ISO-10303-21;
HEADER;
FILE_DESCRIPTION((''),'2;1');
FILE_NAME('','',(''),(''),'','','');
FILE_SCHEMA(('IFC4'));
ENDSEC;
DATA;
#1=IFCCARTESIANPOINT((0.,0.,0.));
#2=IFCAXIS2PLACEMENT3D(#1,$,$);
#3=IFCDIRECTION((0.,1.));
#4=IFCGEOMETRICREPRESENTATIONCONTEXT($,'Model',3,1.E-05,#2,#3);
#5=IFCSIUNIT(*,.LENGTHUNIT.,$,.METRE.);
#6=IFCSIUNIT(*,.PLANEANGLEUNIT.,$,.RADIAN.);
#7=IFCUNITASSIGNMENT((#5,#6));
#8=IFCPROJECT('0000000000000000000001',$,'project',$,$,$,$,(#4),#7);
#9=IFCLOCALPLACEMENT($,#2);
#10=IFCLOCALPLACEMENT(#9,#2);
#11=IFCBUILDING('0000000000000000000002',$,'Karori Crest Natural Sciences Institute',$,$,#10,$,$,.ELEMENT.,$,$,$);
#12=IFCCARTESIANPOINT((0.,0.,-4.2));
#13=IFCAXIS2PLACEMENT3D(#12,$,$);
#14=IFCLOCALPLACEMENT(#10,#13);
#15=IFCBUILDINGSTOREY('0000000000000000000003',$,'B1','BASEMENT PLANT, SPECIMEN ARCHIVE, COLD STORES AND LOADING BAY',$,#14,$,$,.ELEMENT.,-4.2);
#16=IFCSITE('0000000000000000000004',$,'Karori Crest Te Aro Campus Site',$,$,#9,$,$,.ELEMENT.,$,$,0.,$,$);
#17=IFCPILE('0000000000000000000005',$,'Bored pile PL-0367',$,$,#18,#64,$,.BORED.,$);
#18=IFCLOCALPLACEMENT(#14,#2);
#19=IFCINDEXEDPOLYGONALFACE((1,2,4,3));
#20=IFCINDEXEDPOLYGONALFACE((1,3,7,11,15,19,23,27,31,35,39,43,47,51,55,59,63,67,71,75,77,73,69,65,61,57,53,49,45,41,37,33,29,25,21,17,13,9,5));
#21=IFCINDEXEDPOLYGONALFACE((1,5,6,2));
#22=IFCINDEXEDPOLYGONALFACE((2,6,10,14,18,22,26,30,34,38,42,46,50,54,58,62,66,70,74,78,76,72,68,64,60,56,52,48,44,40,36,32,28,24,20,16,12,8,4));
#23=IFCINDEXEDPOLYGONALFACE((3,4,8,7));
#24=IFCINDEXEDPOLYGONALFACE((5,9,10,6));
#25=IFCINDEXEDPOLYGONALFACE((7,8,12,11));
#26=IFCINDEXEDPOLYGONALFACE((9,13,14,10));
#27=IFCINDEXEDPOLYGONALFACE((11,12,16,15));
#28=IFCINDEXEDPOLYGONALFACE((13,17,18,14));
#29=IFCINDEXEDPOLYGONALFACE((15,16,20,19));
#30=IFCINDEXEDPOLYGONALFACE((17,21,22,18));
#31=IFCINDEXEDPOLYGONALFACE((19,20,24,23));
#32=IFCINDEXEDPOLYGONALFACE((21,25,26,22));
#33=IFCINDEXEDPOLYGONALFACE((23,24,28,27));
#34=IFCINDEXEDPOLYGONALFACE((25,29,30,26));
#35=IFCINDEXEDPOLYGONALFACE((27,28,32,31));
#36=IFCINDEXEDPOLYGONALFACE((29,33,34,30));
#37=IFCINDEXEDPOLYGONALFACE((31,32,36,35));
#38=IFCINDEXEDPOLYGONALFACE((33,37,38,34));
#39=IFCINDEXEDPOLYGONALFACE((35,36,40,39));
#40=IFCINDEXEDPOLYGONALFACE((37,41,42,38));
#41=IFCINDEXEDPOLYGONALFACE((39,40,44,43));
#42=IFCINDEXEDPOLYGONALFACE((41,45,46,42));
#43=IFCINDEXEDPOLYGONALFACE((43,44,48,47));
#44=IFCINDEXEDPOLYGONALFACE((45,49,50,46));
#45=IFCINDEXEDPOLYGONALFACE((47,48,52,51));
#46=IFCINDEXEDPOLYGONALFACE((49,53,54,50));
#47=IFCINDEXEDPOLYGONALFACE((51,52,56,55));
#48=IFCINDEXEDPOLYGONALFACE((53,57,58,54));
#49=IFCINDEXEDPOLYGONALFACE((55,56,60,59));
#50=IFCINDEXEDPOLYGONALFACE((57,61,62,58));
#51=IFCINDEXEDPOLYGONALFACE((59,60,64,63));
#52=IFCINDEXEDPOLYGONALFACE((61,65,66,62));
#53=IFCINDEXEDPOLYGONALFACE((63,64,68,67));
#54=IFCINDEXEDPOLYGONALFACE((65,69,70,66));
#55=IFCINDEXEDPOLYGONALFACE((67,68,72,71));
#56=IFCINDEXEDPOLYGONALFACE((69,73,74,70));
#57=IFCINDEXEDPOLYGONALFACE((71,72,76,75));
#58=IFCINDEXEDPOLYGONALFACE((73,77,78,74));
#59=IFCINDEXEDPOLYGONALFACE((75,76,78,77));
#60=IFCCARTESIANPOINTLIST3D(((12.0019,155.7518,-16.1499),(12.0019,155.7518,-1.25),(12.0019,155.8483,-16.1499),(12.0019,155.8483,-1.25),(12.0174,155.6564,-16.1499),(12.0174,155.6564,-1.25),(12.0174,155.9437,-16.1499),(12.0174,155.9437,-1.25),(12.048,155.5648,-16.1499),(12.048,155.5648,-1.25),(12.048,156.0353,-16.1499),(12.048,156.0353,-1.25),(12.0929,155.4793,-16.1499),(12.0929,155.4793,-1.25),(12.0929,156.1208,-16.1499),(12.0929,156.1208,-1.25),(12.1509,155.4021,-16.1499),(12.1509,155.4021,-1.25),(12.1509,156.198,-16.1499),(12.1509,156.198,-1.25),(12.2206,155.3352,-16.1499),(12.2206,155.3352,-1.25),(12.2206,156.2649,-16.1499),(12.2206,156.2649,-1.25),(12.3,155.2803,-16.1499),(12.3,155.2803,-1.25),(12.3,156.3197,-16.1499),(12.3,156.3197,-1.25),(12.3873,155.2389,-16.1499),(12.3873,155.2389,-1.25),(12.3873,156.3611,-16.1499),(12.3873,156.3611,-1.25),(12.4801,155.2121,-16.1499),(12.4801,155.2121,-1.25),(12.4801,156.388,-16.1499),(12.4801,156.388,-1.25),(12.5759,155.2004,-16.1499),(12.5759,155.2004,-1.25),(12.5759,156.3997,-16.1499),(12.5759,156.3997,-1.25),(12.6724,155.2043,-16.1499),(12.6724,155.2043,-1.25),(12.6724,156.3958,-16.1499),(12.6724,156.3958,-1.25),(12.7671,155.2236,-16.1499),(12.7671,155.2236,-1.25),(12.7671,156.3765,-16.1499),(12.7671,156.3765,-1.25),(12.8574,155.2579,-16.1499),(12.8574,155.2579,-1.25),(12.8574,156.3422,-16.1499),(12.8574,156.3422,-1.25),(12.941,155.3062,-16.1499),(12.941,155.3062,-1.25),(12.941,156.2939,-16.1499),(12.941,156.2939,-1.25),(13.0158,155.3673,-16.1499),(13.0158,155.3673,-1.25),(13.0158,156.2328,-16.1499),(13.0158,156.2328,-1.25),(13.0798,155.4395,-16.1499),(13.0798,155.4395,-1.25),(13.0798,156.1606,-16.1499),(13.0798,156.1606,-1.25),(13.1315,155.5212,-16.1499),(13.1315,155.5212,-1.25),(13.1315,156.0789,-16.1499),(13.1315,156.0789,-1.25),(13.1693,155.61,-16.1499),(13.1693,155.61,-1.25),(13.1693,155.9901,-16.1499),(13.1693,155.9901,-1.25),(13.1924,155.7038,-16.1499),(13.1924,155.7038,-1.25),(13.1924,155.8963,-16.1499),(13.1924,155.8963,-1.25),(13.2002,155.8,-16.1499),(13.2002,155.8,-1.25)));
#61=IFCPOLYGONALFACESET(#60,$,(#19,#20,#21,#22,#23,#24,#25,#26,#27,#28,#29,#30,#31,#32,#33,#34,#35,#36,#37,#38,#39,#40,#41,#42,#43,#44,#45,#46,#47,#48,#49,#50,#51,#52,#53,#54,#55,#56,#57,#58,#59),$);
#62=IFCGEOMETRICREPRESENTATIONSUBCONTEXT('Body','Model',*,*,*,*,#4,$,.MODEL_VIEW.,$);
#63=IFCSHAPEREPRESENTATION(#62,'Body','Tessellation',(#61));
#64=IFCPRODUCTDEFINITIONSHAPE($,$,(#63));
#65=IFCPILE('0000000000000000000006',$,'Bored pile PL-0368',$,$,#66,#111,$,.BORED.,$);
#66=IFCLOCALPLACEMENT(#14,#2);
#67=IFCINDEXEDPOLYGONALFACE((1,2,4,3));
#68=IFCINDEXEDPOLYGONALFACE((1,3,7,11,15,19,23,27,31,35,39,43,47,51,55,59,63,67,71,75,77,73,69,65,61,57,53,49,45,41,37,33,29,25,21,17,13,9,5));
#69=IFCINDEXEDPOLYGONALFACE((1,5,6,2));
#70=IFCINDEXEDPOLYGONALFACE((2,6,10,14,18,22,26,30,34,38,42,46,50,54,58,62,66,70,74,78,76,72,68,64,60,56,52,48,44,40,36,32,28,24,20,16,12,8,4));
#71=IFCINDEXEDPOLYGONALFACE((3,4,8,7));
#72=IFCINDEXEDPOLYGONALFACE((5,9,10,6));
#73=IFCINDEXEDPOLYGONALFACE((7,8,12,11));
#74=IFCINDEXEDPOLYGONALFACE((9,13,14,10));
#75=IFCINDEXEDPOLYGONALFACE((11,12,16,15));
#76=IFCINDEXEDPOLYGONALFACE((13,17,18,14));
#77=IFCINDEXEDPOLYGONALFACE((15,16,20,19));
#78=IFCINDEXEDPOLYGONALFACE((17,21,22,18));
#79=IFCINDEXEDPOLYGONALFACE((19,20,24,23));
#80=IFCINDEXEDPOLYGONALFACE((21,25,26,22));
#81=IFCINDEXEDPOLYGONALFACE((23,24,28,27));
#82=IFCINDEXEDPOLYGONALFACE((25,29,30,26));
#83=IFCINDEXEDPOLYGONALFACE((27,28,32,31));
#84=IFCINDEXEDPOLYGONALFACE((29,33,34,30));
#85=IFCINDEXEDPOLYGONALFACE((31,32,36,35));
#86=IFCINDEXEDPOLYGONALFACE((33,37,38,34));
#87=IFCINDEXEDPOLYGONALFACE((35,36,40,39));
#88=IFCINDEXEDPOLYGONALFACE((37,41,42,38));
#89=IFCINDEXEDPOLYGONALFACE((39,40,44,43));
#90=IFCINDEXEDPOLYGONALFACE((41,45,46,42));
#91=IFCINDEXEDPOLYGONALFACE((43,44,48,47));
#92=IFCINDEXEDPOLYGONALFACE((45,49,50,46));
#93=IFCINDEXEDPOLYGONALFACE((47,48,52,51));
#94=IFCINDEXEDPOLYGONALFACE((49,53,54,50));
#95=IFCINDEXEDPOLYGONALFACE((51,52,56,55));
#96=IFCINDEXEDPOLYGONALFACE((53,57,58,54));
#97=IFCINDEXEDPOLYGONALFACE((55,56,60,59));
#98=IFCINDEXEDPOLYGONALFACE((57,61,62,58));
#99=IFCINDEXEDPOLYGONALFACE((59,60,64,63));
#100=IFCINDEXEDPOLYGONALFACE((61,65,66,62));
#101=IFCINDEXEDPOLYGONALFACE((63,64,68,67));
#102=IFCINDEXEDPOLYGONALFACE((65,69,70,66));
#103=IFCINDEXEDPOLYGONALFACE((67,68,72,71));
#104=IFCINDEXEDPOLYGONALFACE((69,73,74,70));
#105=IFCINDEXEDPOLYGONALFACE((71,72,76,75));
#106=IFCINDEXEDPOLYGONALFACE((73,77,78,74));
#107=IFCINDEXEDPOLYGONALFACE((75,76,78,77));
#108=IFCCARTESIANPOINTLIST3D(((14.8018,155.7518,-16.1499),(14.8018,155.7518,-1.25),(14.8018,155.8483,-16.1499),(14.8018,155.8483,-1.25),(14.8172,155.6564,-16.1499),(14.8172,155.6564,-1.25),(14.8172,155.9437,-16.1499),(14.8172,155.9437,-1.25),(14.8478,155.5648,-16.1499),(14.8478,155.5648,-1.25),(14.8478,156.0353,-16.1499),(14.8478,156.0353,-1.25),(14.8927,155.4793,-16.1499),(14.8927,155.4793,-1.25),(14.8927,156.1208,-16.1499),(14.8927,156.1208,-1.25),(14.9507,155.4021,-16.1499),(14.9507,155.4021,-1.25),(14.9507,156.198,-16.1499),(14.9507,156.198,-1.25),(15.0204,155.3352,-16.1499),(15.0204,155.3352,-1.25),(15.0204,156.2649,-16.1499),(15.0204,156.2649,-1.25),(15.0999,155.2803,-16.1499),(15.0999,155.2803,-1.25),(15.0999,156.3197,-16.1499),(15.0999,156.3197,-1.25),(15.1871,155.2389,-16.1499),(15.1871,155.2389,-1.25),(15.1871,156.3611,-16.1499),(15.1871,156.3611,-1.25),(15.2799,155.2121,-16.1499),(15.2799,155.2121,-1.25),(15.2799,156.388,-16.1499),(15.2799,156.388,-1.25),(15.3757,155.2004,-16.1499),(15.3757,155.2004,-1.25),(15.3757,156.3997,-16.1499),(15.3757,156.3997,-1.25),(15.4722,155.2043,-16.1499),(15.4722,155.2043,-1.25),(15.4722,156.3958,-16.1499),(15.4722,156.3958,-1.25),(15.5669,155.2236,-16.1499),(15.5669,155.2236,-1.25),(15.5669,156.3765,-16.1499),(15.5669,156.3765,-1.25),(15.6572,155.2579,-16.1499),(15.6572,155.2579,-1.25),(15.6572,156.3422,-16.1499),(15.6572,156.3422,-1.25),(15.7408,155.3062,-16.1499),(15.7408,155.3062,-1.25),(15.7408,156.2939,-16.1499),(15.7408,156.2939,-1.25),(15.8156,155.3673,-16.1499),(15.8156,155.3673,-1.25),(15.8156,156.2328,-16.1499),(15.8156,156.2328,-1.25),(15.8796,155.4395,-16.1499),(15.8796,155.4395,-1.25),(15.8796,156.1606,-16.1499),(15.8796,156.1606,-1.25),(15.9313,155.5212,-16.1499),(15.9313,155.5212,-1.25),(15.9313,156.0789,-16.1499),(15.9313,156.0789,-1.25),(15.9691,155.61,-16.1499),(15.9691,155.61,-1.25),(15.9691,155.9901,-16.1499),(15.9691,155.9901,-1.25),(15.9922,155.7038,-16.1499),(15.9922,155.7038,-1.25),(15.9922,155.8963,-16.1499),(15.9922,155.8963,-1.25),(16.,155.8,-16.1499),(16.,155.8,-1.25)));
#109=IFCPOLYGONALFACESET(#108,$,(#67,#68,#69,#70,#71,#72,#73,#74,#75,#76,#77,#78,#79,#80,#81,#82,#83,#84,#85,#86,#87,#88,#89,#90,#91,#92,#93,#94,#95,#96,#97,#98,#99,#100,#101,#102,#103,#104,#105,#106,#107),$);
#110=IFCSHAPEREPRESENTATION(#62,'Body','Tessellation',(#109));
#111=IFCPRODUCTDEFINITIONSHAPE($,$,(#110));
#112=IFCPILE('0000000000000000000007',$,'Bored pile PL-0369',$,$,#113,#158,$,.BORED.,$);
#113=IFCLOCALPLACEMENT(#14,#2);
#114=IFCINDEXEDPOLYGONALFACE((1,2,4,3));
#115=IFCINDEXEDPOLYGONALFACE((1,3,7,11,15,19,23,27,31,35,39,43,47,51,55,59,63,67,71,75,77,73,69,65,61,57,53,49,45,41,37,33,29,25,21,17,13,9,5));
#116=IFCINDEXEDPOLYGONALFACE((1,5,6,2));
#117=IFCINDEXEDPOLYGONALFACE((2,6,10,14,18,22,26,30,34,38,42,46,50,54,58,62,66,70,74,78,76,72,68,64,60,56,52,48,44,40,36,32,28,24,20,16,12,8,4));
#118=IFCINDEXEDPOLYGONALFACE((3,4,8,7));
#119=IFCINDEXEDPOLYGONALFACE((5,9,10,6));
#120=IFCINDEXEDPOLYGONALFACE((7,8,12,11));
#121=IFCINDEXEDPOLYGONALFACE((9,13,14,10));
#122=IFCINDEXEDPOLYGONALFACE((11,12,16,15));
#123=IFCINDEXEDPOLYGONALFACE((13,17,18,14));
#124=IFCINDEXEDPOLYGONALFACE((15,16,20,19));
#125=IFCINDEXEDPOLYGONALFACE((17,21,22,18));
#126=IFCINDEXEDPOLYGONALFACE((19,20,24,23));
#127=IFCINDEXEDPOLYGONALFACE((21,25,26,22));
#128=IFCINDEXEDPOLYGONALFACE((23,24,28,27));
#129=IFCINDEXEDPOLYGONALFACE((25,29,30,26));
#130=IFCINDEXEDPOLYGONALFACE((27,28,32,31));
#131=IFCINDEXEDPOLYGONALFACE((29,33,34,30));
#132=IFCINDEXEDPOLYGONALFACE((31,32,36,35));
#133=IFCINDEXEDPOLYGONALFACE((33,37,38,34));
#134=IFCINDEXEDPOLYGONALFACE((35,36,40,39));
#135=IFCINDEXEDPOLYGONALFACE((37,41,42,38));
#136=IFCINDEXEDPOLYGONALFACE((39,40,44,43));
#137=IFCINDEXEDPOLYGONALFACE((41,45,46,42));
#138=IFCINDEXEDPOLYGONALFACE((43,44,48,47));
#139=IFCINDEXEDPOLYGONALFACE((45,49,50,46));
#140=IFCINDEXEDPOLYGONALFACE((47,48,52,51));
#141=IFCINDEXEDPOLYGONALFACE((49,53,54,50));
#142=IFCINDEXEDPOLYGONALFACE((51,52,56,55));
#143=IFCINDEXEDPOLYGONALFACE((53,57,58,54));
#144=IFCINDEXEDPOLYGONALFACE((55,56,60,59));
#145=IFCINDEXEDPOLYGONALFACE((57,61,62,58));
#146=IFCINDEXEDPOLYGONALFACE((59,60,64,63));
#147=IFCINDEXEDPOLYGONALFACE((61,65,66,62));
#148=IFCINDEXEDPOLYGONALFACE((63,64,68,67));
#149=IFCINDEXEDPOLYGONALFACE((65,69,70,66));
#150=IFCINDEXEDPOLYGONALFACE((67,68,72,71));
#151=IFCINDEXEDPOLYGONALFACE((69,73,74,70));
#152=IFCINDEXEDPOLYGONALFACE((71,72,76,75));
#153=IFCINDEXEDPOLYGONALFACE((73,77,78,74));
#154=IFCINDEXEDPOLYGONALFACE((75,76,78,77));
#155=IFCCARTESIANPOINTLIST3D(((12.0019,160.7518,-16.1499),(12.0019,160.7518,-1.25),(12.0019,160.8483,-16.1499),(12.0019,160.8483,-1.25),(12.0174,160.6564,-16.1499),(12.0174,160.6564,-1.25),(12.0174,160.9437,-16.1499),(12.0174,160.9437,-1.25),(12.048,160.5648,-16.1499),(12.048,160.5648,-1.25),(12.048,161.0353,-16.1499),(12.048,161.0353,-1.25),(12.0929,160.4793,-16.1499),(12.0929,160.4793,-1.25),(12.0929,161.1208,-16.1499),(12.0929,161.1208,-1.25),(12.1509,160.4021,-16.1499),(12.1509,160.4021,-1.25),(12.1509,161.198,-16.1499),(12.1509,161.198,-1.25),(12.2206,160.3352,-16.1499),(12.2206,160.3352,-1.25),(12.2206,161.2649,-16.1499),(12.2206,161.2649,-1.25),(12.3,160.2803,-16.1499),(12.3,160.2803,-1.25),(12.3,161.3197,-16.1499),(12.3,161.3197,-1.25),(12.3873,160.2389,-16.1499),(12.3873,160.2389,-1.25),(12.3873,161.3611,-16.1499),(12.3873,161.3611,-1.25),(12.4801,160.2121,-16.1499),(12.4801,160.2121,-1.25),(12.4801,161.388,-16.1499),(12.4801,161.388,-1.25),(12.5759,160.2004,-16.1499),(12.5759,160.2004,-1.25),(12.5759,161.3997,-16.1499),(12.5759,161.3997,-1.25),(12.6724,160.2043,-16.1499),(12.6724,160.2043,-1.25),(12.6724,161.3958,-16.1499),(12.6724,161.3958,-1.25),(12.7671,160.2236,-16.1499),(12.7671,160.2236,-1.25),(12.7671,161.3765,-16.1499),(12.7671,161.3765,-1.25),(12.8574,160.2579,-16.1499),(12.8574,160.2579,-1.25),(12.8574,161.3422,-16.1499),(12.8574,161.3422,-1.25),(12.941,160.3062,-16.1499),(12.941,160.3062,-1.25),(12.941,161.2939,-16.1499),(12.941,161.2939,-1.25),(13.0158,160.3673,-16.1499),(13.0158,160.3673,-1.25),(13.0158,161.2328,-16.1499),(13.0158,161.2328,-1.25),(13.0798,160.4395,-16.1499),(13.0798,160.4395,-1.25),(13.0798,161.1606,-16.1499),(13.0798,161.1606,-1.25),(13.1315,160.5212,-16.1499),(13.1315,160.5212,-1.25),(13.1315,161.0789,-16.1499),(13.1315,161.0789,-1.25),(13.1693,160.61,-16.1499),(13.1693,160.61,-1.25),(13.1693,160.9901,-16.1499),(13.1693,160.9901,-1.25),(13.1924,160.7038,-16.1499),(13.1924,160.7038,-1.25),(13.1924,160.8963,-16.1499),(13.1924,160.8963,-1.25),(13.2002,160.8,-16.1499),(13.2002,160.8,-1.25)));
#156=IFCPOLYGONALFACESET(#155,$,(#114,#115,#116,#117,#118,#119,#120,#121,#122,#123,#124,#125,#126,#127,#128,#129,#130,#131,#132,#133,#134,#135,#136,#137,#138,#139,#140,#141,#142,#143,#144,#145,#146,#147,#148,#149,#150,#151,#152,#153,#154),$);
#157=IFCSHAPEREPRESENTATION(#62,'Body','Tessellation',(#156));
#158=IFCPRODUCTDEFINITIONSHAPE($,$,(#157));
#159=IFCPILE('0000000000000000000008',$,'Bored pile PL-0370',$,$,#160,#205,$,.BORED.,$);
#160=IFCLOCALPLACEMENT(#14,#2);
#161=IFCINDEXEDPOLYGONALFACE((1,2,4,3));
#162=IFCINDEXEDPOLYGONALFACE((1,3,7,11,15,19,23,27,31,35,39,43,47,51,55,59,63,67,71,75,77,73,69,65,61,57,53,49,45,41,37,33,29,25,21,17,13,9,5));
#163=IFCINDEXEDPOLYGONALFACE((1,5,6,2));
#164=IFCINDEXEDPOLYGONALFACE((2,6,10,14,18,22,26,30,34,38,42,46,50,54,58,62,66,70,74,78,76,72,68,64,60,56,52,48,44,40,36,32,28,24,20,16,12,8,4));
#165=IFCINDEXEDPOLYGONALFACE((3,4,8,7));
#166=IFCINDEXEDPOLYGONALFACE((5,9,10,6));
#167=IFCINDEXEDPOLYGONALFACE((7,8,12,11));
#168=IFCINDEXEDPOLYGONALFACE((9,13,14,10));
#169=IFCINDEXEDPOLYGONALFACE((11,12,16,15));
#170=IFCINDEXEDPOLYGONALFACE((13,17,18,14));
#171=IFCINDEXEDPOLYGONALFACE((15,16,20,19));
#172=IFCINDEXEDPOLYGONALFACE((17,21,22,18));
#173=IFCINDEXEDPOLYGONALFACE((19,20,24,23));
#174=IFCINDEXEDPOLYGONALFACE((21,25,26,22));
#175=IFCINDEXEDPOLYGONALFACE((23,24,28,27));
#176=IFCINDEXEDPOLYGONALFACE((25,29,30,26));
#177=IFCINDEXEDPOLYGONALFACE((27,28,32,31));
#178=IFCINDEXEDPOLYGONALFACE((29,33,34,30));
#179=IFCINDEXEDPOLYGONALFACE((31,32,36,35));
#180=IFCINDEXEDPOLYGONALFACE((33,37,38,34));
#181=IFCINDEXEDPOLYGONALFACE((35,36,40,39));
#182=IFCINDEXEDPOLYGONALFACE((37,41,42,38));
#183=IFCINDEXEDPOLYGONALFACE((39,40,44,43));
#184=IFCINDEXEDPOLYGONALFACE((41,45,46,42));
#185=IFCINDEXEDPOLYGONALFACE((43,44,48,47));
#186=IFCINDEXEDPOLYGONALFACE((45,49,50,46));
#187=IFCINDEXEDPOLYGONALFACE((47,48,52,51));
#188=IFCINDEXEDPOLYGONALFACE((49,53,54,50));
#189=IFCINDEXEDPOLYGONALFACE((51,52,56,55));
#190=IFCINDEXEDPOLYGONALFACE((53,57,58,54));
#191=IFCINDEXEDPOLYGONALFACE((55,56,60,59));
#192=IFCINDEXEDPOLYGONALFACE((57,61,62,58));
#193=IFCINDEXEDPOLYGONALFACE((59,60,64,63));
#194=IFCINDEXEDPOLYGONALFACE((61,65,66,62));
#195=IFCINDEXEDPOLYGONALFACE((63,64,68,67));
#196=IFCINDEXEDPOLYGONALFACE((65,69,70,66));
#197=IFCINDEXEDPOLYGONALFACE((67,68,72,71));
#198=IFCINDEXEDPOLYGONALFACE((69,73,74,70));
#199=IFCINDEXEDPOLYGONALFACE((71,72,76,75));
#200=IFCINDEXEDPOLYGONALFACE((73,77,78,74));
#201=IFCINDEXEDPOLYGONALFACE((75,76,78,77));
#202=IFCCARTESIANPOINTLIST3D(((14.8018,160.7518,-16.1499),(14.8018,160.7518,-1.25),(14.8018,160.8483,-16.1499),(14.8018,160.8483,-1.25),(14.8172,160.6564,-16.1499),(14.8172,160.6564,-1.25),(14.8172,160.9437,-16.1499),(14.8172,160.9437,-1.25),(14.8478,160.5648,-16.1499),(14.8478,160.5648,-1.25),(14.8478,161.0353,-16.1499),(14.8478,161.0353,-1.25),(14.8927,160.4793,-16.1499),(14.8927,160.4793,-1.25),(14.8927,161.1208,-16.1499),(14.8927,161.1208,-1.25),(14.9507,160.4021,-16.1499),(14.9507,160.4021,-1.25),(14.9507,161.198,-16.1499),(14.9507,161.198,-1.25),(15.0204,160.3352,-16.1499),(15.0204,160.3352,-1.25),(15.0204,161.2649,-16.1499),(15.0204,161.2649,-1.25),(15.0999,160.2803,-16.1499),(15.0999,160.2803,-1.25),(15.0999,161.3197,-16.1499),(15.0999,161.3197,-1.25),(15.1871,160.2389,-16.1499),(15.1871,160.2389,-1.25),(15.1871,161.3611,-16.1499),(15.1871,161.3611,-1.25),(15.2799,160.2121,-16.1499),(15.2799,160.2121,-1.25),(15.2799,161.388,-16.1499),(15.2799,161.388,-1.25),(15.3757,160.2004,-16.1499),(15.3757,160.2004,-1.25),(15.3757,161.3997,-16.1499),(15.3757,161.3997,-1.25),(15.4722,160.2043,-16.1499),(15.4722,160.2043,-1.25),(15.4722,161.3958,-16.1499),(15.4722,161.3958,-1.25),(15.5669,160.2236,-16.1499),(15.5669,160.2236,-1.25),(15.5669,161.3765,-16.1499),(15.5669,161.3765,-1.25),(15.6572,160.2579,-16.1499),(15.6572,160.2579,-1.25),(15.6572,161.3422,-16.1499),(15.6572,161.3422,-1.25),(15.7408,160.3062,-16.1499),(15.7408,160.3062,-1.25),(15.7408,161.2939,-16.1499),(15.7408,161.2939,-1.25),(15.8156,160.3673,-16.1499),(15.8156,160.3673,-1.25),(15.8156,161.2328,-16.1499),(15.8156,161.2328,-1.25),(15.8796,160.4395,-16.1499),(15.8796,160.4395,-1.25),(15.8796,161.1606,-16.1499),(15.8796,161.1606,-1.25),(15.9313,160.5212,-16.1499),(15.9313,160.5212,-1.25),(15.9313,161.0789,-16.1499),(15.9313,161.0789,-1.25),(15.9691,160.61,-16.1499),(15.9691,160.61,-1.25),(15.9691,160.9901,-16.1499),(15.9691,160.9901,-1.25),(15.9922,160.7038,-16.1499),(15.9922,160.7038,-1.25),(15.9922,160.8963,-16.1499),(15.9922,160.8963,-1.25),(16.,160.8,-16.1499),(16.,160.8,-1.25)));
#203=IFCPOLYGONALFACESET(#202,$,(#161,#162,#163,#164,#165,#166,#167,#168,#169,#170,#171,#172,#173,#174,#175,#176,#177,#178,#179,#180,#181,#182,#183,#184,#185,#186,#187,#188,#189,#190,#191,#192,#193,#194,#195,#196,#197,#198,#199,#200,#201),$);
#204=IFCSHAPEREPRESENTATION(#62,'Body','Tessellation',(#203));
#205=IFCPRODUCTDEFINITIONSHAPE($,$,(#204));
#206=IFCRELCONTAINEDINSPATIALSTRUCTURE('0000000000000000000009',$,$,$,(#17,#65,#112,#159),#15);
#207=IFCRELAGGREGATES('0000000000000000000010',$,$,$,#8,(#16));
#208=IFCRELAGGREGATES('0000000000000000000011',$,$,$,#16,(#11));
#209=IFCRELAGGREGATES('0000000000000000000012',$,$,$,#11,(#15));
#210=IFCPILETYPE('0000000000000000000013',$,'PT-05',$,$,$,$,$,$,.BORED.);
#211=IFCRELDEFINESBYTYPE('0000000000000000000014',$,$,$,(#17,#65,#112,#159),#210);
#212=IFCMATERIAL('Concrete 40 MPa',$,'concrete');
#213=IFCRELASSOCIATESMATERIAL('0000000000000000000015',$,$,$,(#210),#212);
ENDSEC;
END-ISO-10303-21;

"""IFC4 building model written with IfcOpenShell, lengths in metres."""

from ifc_helpers import new_model, si_unit, direction, frame, origin, origin_2d, place, context, subcontext, project, spatial, circle, extrude, material, material_profile, profile_set, type_object, element, save


model = new_model("IFC4")

# Units and contexts
model_context = context("Model", 3, precision=1e-05, world=origin(), true_north=direction((0.0, 1.0)))
body_context = subcontext(model_context, "Body", "Model", "MODEL_VIEW")
ifc_project = project(units=[si_unit("LENGTHUNIT", "METRE"), si_unit("PLANEANGLEUNIT", "RADIAN")], contexts=[model_context])

# Site, building, storey
site_placement = place(None, origin())
site = spatial("IfcSite", under=ifc_project, at=site_placement, Name="Karori Crest Te Aro Campus Site", CompositionType="ELEMENT", RefElevation=0.0)
building_placement = place(site_placement, origin())
building = spatial("IfcBuilding", under=site, at=building_placement, Name="Karori Crest Natural Sciences Institute", CompositionType="ELEMENT")
storey_placement = place(building_placement, frame((0.0, 0.0, -4.2)))
storey = spatial("IfcBuildingStorey", under=building, at=storey_placement, Name="B1", Description="BASEMENT PLANT, SPECIMEN ARCHIVE, COLD STORES AND LOADING BAY", CompositionType="ELEMENT", Elevation=-4.2)

# Shared definitions
ifc_material_1 = material(Name="Concrete 40 MPa", Category="concrete")

# Piles
ifc_material_profile_1 = material_profile(ifc_material_1, circle(Radius=0.6001, at=origin_2d()), Name="PILE1200")
ifc_profile_set_1 = profile_set([ifc_material_profile_1], Name="Concrete 40 MPa")
pile_type = type_object("IfcPileType", Name="PT-05", PredefinedType="BORED", material=ifc_profile_set_1)
for number, where, z_axis, x_axis, name in (
    (1, (12.6001, 155.8, -1.25), (0.0, 0.0, -1.0), (1.0, 0.0, 0.0), "Bored pile PL-0367"),
    (2, (15.3999, 155.8, -1.25), (0.0, 0.0, -1.0), (1.0, 0.0, 0.0), "Bored pile PL-0368"),
    (3, (12.6001, 160.8, -1.25), (0.0, 0.0, -1.0), (1.0, 0.0, 0.0), "Bored pile PL-0369"),
    (4, (15.3999, 160.8, -1.25), (0.0, 0.0, -1.0), (1.0, 0.0, 0.0), "Bored pile PL-0370"),
):
    element("IfcPile", number, at=place(storey_placement, frame(where, z_axis=z_axis, x_axis=x_axis)), inside=storey, type_object=pile_type, Name=name, PredefinedType="BORED", context=body_context, shape_type="SweptSolid", body=[
        extrude(circle(Radius=0.6001, at=origin_2d()), origin(), (0.0, 0.0, 1.0), 14.8999),
    ])

save(model, "model.ifc")
